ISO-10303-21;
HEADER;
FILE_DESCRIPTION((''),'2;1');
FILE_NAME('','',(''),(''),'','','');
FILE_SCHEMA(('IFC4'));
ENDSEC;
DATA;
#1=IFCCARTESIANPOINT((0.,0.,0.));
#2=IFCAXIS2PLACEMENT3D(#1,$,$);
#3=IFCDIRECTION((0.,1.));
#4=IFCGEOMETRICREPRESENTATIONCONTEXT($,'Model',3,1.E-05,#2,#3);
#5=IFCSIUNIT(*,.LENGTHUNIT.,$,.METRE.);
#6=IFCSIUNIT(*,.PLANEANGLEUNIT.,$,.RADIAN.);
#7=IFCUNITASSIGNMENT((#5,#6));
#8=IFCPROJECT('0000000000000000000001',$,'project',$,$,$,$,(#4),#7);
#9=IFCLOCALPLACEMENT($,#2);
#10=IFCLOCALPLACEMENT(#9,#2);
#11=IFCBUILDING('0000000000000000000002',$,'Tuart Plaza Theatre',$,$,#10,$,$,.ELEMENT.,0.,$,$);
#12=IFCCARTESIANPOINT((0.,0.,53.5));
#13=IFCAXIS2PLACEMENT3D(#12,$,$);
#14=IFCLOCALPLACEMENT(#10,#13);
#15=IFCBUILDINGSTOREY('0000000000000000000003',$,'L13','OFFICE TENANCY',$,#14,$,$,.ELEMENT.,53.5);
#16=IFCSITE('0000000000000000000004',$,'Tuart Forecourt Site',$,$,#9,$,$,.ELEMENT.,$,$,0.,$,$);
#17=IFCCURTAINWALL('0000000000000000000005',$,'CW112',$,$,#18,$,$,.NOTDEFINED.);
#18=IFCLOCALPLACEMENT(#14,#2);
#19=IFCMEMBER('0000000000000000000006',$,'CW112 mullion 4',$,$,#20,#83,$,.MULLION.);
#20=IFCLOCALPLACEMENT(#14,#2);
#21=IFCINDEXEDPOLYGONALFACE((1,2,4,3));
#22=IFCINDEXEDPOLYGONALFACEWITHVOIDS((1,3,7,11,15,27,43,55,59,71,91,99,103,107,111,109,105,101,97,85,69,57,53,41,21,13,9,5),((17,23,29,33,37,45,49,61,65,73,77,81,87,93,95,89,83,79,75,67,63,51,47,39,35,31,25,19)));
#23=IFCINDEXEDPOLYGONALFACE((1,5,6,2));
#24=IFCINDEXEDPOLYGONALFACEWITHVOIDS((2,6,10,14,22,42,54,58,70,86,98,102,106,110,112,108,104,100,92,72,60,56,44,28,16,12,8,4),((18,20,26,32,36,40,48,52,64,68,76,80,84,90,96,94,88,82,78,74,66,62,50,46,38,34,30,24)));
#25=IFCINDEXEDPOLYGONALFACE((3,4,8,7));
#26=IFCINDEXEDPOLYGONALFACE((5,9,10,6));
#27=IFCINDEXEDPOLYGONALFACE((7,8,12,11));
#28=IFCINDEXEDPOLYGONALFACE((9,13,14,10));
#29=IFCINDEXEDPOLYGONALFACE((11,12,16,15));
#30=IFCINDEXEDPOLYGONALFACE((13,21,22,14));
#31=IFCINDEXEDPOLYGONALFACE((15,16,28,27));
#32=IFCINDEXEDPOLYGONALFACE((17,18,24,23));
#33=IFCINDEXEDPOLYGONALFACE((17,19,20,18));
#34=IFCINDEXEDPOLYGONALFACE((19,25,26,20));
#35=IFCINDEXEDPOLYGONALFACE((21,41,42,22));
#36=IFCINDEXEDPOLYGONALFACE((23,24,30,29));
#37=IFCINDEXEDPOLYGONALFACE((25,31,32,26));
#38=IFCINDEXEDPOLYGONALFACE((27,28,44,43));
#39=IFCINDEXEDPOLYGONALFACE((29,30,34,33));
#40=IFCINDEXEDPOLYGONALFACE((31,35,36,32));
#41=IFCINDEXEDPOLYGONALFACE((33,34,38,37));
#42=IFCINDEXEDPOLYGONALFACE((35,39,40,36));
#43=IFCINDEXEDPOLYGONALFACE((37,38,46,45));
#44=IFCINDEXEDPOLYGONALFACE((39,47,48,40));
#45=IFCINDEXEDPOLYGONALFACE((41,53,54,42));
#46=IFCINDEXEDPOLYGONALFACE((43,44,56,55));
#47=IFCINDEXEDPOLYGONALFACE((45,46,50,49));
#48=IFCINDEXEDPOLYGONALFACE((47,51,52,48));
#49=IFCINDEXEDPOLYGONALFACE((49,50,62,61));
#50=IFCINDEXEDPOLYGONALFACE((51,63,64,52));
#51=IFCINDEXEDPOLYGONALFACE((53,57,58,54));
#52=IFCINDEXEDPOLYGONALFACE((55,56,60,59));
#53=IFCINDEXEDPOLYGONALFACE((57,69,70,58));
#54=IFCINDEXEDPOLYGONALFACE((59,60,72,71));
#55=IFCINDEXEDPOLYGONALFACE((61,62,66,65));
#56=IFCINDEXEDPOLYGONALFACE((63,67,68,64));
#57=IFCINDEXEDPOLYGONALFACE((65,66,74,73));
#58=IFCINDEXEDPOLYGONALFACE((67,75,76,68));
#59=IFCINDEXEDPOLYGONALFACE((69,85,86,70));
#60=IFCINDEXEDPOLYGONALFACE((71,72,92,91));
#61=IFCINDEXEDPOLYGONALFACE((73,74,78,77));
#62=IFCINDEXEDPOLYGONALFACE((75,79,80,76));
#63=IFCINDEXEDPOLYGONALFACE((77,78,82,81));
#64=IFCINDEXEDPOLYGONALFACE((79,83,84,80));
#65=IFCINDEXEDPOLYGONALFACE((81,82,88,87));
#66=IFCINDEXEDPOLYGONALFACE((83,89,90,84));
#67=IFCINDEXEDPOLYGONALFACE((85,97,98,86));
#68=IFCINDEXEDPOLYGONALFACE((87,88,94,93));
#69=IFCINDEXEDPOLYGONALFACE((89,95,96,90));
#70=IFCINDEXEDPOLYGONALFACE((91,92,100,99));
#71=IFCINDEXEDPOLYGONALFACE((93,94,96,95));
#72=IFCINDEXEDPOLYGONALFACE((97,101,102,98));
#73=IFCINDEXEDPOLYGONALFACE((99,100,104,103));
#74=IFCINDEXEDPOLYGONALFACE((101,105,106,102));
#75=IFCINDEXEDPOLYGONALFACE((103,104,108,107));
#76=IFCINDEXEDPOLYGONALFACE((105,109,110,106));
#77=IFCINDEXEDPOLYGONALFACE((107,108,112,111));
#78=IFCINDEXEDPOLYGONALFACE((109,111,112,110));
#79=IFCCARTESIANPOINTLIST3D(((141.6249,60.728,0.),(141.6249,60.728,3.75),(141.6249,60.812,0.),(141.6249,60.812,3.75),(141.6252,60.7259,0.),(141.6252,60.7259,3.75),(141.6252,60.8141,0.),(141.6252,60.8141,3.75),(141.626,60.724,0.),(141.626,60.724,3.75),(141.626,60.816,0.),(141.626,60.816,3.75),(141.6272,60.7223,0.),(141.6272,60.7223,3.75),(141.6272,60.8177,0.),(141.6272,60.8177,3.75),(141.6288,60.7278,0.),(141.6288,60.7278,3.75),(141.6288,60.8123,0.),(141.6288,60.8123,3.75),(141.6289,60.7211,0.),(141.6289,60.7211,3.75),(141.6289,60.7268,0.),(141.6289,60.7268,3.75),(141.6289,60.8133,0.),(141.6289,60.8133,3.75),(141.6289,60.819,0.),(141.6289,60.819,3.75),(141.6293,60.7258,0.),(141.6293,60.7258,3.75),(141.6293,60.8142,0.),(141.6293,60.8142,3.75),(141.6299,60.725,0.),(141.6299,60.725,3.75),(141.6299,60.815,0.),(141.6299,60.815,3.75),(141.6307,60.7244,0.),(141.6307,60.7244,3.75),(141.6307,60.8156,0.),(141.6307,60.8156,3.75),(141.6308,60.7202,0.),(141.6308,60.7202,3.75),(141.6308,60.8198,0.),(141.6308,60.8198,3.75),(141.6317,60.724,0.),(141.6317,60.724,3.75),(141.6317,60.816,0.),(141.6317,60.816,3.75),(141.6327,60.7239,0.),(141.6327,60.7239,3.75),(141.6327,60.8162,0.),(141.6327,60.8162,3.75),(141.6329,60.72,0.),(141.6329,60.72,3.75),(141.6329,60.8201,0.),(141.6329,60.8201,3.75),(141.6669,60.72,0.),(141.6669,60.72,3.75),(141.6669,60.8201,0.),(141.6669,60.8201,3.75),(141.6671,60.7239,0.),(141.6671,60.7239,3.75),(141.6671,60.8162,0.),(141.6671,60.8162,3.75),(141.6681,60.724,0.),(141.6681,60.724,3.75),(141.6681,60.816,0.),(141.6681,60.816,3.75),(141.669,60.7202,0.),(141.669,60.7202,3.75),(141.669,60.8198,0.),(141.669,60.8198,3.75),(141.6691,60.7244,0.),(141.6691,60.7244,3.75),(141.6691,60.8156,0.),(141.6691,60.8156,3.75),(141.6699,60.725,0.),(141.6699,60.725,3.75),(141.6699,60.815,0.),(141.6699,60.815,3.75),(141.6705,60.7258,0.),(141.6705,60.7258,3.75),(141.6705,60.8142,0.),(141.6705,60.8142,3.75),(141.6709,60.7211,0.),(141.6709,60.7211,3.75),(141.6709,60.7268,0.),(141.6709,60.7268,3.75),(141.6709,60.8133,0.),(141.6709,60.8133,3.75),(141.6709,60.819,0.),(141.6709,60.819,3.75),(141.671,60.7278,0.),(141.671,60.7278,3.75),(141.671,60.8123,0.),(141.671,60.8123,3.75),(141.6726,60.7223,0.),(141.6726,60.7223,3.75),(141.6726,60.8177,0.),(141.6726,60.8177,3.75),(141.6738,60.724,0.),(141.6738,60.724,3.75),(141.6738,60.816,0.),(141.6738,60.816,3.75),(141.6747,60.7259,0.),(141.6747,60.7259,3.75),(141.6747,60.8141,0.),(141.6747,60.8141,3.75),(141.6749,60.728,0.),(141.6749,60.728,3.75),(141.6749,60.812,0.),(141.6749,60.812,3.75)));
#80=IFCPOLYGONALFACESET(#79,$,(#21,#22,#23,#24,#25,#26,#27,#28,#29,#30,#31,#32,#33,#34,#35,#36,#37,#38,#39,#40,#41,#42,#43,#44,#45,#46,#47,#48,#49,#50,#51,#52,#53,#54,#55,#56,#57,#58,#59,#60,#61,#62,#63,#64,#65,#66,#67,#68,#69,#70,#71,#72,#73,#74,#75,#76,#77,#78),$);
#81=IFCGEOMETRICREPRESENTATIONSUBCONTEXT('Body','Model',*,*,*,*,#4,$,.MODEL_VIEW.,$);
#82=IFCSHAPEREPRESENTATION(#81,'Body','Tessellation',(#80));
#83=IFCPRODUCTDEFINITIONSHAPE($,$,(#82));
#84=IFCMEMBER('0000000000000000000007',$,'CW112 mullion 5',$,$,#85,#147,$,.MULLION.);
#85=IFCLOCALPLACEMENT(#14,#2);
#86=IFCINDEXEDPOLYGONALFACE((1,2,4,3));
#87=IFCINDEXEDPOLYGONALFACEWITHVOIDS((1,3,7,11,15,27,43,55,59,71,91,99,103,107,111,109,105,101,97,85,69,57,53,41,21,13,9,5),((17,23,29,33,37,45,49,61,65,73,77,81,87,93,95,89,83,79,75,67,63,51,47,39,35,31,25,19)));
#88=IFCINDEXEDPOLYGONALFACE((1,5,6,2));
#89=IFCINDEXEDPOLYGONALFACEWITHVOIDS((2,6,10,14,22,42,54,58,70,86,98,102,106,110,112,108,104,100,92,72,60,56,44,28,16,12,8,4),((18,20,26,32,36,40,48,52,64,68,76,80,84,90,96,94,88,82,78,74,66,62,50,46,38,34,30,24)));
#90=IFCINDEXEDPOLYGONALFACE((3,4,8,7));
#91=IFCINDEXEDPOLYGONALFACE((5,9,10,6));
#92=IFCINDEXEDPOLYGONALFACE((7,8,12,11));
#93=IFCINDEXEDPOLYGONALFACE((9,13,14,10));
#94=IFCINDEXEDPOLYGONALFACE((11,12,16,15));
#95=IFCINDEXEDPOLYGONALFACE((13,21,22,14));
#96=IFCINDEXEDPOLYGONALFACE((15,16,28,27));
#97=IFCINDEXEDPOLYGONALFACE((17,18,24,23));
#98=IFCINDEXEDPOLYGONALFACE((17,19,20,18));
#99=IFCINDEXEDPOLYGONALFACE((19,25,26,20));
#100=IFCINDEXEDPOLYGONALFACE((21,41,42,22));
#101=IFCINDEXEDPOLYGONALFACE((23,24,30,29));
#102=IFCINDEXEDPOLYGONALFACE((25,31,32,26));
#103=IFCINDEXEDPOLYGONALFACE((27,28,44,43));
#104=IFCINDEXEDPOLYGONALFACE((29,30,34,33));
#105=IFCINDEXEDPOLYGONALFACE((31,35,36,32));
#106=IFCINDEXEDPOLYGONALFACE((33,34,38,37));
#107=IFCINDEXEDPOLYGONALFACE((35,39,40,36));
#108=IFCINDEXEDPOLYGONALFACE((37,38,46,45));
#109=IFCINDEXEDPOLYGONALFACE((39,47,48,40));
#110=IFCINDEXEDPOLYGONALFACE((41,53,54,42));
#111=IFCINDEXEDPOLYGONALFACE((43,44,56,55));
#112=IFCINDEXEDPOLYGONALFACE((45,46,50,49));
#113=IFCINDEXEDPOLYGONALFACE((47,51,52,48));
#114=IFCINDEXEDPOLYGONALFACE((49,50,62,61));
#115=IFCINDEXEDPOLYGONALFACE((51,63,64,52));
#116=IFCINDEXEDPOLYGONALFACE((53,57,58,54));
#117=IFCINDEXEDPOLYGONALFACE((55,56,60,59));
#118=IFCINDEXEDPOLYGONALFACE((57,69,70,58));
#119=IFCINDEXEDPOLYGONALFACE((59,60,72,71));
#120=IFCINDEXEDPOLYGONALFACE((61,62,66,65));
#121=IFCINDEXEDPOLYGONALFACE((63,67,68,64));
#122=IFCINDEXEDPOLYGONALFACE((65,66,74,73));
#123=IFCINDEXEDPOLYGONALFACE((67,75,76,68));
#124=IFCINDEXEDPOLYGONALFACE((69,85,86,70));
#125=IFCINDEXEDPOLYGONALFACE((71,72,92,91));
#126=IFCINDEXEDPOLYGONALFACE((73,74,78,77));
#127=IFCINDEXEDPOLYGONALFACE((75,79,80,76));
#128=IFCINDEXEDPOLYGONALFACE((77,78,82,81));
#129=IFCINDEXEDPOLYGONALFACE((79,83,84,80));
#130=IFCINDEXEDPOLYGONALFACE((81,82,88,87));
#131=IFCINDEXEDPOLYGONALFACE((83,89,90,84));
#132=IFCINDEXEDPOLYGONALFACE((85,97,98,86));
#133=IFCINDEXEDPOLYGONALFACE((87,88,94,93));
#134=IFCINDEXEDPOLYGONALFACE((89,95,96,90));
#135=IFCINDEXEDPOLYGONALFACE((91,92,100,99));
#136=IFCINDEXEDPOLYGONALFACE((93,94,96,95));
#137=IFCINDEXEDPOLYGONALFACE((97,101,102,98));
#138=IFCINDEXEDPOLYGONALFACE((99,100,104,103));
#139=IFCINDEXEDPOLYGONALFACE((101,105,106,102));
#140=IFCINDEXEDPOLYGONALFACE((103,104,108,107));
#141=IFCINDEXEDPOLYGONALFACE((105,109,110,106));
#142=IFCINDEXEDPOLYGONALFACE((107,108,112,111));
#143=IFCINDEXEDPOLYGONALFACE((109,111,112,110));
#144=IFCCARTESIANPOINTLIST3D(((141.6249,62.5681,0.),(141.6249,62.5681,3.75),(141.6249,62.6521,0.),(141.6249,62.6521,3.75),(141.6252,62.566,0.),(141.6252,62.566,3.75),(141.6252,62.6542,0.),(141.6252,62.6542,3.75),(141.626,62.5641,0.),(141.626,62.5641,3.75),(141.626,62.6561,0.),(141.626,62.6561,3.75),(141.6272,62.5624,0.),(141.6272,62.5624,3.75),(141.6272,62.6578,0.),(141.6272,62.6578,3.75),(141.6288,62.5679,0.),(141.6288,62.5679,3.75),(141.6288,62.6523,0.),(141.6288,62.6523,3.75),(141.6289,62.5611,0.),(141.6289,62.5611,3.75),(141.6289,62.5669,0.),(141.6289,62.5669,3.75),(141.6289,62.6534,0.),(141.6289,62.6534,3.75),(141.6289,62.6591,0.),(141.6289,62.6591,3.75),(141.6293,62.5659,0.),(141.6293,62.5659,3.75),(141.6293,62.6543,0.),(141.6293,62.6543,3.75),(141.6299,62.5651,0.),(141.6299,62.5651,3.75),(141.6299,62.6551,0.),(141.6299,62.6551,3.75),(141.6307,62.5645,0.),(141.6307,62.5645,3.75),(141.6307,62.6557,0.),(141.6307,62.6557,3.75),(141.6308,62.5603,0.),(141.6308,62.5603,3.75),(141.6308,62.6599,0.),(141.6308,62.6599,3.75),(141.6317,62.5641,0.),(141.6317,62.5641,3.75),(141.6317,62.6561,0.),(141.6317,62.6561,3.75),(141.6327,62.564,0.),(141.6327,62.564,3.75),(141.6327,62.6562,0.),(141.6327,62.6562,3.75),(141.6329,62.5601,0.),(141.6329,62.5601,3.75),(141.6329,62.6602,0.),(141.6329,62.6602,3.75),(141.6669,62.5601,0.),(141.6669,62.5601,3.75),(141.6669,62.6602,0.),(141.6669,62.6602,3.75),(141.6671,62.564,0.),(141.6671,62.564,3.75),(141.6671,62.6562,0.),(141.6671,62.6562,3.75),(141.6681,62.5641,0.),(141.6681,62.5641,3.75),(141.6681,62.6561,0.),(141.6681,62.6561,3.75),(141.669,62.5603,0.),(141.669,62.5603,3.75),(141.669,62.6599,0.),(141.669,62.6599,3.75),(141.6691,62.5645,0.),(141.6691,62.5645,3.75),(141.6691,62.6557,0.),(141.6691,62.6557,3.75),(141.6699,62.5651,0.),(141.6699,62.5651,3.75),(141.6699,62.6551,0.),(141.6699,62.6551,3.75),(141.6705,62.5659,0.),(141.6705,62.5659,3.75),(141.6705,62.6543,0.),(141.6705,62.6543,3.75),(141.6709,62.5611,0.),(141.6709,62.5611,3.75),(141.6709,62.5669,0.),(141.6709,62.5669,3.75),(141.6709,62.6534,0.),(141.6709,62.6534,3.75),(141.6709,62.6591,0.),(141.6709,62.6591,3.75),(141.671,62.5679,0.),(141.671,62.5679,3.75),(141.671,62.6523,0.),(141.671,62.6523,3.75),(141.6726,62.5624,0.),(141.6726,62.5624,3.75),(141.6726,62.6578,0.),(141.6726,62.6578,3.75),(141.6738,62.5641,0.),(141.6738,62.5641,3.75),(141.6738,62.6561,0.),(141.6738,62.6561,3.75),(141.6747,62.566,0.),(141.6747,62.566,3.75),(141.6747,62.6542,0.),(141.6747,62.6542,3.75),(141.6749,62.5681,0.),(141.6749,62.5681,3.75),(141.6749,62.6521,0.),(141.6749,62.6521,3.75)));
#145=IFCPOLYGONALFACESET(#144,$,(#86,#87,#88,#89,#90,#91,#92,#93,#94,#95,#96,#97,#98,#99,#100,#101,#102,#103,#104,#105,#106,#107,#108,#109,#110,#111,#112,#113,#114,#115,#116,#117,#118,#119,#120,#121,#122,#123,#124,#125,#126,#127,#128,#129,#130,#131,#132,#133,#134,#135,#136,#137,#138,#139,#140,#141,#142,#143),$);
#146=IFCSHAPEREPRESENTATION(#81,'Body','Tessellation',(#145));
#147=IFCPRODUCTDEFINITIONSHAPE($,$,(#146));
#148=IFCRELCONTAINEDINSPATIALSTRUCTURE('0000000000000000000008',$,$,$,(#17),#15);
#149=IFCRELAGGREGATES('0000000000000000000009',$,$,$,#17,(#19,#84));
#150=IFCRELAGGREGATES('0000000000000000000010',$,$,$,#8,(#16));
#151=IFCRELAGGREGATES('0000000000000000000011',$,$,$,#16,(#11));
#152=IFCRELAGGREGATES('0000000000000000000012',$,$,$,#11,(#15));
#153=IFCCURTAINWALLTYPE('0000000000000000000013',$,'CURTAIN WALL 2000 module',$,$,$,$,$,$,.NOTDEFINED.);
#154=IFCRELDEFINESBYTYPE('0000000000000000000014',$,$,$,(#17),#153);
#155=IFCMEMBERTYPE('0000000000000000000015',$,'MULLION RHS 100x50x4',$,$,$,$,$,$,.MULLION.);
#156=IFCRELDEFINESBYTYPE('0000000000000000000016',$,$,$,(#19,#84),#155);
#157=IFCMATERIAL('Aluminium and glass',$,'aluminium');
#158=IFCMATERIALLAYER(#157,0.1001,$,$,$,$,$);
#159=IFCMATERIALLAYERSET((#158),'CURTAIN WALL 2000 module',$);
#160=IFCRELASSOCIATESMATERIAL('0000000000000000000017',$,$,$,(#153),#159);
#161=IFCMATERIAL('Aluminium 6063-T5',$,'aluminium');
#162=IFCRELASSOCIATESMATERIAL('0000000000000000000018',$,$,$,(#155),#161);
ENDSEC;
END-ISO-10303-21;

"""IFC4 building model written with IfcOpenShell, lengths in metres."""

from ifc_helpers import new_model, si_unit, direction, frame, origin, origin_2d, place, context, subcontext, project, spatial, hollow_rectangle, extrude, material, layer, layer_set, material_profile, profile_set, type_object, element, aggregate, save


model = new_model("IFC4")

# Units and contexts
model_context = context("Model", 3, precision=1e-05, world=origin(), true_north=direction((0.0, 1.0)))
body_context = subcontext(model_context, "Body", "Model", "MODEL_VIEW")
ifc_project = project(units=[si_unit("LENGTHUNIT", "METRE"), si_unit("PLANEANGLEUNIT", "RADIAN")], contexts=[model_context])

# Site, building, storey
site_placement = place(None, origin())
site = spatial("IfcSite", under=ifc_project, at=site_placement, Name="Tuart Forecourt Site", CompositionType="ELEMENT", RefElevation=0.0)
building_placement = place(site_placement, origin())
building = spatial("IfcBuilding", under=site, at=building_placement, Name="Tuart Plaza Theatre", CompositionType="ELEMENT", ElevationOfRefHeight=0.0)
storey_placement = place(building_placement, frame((0.0, 0.0, 53.5)))
storey = spatial("IfcBuildingStorey", under=building, at=storey_placement, Name="L13", Description="OFFICE TENANCY", CompositionType="ELEMENT", Elevation=53.5)

# Curtain wall, members
ifc_material_1 = material(Name="Aluminium and glass", Category="aluminium")
ifc_layer_1 = layer(ifc_material_1, 0.1001)
ifc_layer_set_1 = layer_set([ifc_layer_1], Name="CURTAIN WALL 2000 module")
curtain_wall_type = type_object("IfcCurtainWallType", Name="CURTAIN WALL 2000 module", PredefinedType="NOTDEFINED", material=ifc_layer_set_1)
curtain_wall_1_placement = place(storey_placement, origin())
curtain_wall_1 = element("IfcCurtainWall", 1, at=curtain_wall_1_placement, inside=storey, type_object=curtain_wall_type, Name="CW112", PredefinedType="NOTDEFINED")
ifc_material_2 = material(Name="Aluminium 6063-T5", Category="aluminium")
ifc_material_profile_1 = material_profile(ifc_material_2, hollow_rectangle(XDim=0.05, YDim=0.1001, WallThickness=0.0039, InnerFilletRadius=0.0039, OuterFilletRadius=0.0081, at=origin_2d()), Name="RHS 100x50x4")
ifc_profile_set_1 = profile_set([ifc_material_profile_1], Name="Aluminium 6063-T5")
member_type_1 = type_object("IfcMemberType", Name="MULLION RHS 100x50x4", PredefinedType="MULLION", material=ifc_profile_set_1)
member_1_placement = place(storey_placement, frame((141.6499, 60.77, 0.0), z_axis=(0.0, 0.0, 1.0), x_axis=(-1.0, 0.0, 0.0)))
member_1 = element("IfcMember", 2, at=member_1_placement, type_object=member_type_1, Name="CW112 mullion 4", PredefinedType="MULLION", context=body_context, shape_type="SweptSolid", body=[
    extrude(hollow_rectangle(XDim=0.05, YDim=0.1001, WallThickness=0.0039, InnerFilletRadius=0.0039, OuterFilletRadius=0.0081, at=origin_2d()), origin(), (0.0, 0.0, 1.0), 3.75),
])
member_2_placement = place(storey_placement, frame((141.6499, 62.6101, 0.0), z_axis=(0.0, 0.0, 1.0), x_axis=(-1.0, 0.0, 0.0)))
member_2 = element("IfcMember", 3, at=member_2_placement, type_object=member_type_1, Name="CW112 mullion 5", PredefinedType="MULLION", context=body_context, shape_type="SweptSolid", body=[
    extrude(hollow_rectangle(XDim=0.05, YDim=0.1001, WallThickness=0.0039, InnerFilletRadius=0.0039, OuterFilletRadius=0.0081, at=origin_2d()), origin(), (0.0, 0.0, 1.0), 3.75),
])

aggregate(curtain_wall_1, [member_1, member_2])

save(model, "model.ifc")
